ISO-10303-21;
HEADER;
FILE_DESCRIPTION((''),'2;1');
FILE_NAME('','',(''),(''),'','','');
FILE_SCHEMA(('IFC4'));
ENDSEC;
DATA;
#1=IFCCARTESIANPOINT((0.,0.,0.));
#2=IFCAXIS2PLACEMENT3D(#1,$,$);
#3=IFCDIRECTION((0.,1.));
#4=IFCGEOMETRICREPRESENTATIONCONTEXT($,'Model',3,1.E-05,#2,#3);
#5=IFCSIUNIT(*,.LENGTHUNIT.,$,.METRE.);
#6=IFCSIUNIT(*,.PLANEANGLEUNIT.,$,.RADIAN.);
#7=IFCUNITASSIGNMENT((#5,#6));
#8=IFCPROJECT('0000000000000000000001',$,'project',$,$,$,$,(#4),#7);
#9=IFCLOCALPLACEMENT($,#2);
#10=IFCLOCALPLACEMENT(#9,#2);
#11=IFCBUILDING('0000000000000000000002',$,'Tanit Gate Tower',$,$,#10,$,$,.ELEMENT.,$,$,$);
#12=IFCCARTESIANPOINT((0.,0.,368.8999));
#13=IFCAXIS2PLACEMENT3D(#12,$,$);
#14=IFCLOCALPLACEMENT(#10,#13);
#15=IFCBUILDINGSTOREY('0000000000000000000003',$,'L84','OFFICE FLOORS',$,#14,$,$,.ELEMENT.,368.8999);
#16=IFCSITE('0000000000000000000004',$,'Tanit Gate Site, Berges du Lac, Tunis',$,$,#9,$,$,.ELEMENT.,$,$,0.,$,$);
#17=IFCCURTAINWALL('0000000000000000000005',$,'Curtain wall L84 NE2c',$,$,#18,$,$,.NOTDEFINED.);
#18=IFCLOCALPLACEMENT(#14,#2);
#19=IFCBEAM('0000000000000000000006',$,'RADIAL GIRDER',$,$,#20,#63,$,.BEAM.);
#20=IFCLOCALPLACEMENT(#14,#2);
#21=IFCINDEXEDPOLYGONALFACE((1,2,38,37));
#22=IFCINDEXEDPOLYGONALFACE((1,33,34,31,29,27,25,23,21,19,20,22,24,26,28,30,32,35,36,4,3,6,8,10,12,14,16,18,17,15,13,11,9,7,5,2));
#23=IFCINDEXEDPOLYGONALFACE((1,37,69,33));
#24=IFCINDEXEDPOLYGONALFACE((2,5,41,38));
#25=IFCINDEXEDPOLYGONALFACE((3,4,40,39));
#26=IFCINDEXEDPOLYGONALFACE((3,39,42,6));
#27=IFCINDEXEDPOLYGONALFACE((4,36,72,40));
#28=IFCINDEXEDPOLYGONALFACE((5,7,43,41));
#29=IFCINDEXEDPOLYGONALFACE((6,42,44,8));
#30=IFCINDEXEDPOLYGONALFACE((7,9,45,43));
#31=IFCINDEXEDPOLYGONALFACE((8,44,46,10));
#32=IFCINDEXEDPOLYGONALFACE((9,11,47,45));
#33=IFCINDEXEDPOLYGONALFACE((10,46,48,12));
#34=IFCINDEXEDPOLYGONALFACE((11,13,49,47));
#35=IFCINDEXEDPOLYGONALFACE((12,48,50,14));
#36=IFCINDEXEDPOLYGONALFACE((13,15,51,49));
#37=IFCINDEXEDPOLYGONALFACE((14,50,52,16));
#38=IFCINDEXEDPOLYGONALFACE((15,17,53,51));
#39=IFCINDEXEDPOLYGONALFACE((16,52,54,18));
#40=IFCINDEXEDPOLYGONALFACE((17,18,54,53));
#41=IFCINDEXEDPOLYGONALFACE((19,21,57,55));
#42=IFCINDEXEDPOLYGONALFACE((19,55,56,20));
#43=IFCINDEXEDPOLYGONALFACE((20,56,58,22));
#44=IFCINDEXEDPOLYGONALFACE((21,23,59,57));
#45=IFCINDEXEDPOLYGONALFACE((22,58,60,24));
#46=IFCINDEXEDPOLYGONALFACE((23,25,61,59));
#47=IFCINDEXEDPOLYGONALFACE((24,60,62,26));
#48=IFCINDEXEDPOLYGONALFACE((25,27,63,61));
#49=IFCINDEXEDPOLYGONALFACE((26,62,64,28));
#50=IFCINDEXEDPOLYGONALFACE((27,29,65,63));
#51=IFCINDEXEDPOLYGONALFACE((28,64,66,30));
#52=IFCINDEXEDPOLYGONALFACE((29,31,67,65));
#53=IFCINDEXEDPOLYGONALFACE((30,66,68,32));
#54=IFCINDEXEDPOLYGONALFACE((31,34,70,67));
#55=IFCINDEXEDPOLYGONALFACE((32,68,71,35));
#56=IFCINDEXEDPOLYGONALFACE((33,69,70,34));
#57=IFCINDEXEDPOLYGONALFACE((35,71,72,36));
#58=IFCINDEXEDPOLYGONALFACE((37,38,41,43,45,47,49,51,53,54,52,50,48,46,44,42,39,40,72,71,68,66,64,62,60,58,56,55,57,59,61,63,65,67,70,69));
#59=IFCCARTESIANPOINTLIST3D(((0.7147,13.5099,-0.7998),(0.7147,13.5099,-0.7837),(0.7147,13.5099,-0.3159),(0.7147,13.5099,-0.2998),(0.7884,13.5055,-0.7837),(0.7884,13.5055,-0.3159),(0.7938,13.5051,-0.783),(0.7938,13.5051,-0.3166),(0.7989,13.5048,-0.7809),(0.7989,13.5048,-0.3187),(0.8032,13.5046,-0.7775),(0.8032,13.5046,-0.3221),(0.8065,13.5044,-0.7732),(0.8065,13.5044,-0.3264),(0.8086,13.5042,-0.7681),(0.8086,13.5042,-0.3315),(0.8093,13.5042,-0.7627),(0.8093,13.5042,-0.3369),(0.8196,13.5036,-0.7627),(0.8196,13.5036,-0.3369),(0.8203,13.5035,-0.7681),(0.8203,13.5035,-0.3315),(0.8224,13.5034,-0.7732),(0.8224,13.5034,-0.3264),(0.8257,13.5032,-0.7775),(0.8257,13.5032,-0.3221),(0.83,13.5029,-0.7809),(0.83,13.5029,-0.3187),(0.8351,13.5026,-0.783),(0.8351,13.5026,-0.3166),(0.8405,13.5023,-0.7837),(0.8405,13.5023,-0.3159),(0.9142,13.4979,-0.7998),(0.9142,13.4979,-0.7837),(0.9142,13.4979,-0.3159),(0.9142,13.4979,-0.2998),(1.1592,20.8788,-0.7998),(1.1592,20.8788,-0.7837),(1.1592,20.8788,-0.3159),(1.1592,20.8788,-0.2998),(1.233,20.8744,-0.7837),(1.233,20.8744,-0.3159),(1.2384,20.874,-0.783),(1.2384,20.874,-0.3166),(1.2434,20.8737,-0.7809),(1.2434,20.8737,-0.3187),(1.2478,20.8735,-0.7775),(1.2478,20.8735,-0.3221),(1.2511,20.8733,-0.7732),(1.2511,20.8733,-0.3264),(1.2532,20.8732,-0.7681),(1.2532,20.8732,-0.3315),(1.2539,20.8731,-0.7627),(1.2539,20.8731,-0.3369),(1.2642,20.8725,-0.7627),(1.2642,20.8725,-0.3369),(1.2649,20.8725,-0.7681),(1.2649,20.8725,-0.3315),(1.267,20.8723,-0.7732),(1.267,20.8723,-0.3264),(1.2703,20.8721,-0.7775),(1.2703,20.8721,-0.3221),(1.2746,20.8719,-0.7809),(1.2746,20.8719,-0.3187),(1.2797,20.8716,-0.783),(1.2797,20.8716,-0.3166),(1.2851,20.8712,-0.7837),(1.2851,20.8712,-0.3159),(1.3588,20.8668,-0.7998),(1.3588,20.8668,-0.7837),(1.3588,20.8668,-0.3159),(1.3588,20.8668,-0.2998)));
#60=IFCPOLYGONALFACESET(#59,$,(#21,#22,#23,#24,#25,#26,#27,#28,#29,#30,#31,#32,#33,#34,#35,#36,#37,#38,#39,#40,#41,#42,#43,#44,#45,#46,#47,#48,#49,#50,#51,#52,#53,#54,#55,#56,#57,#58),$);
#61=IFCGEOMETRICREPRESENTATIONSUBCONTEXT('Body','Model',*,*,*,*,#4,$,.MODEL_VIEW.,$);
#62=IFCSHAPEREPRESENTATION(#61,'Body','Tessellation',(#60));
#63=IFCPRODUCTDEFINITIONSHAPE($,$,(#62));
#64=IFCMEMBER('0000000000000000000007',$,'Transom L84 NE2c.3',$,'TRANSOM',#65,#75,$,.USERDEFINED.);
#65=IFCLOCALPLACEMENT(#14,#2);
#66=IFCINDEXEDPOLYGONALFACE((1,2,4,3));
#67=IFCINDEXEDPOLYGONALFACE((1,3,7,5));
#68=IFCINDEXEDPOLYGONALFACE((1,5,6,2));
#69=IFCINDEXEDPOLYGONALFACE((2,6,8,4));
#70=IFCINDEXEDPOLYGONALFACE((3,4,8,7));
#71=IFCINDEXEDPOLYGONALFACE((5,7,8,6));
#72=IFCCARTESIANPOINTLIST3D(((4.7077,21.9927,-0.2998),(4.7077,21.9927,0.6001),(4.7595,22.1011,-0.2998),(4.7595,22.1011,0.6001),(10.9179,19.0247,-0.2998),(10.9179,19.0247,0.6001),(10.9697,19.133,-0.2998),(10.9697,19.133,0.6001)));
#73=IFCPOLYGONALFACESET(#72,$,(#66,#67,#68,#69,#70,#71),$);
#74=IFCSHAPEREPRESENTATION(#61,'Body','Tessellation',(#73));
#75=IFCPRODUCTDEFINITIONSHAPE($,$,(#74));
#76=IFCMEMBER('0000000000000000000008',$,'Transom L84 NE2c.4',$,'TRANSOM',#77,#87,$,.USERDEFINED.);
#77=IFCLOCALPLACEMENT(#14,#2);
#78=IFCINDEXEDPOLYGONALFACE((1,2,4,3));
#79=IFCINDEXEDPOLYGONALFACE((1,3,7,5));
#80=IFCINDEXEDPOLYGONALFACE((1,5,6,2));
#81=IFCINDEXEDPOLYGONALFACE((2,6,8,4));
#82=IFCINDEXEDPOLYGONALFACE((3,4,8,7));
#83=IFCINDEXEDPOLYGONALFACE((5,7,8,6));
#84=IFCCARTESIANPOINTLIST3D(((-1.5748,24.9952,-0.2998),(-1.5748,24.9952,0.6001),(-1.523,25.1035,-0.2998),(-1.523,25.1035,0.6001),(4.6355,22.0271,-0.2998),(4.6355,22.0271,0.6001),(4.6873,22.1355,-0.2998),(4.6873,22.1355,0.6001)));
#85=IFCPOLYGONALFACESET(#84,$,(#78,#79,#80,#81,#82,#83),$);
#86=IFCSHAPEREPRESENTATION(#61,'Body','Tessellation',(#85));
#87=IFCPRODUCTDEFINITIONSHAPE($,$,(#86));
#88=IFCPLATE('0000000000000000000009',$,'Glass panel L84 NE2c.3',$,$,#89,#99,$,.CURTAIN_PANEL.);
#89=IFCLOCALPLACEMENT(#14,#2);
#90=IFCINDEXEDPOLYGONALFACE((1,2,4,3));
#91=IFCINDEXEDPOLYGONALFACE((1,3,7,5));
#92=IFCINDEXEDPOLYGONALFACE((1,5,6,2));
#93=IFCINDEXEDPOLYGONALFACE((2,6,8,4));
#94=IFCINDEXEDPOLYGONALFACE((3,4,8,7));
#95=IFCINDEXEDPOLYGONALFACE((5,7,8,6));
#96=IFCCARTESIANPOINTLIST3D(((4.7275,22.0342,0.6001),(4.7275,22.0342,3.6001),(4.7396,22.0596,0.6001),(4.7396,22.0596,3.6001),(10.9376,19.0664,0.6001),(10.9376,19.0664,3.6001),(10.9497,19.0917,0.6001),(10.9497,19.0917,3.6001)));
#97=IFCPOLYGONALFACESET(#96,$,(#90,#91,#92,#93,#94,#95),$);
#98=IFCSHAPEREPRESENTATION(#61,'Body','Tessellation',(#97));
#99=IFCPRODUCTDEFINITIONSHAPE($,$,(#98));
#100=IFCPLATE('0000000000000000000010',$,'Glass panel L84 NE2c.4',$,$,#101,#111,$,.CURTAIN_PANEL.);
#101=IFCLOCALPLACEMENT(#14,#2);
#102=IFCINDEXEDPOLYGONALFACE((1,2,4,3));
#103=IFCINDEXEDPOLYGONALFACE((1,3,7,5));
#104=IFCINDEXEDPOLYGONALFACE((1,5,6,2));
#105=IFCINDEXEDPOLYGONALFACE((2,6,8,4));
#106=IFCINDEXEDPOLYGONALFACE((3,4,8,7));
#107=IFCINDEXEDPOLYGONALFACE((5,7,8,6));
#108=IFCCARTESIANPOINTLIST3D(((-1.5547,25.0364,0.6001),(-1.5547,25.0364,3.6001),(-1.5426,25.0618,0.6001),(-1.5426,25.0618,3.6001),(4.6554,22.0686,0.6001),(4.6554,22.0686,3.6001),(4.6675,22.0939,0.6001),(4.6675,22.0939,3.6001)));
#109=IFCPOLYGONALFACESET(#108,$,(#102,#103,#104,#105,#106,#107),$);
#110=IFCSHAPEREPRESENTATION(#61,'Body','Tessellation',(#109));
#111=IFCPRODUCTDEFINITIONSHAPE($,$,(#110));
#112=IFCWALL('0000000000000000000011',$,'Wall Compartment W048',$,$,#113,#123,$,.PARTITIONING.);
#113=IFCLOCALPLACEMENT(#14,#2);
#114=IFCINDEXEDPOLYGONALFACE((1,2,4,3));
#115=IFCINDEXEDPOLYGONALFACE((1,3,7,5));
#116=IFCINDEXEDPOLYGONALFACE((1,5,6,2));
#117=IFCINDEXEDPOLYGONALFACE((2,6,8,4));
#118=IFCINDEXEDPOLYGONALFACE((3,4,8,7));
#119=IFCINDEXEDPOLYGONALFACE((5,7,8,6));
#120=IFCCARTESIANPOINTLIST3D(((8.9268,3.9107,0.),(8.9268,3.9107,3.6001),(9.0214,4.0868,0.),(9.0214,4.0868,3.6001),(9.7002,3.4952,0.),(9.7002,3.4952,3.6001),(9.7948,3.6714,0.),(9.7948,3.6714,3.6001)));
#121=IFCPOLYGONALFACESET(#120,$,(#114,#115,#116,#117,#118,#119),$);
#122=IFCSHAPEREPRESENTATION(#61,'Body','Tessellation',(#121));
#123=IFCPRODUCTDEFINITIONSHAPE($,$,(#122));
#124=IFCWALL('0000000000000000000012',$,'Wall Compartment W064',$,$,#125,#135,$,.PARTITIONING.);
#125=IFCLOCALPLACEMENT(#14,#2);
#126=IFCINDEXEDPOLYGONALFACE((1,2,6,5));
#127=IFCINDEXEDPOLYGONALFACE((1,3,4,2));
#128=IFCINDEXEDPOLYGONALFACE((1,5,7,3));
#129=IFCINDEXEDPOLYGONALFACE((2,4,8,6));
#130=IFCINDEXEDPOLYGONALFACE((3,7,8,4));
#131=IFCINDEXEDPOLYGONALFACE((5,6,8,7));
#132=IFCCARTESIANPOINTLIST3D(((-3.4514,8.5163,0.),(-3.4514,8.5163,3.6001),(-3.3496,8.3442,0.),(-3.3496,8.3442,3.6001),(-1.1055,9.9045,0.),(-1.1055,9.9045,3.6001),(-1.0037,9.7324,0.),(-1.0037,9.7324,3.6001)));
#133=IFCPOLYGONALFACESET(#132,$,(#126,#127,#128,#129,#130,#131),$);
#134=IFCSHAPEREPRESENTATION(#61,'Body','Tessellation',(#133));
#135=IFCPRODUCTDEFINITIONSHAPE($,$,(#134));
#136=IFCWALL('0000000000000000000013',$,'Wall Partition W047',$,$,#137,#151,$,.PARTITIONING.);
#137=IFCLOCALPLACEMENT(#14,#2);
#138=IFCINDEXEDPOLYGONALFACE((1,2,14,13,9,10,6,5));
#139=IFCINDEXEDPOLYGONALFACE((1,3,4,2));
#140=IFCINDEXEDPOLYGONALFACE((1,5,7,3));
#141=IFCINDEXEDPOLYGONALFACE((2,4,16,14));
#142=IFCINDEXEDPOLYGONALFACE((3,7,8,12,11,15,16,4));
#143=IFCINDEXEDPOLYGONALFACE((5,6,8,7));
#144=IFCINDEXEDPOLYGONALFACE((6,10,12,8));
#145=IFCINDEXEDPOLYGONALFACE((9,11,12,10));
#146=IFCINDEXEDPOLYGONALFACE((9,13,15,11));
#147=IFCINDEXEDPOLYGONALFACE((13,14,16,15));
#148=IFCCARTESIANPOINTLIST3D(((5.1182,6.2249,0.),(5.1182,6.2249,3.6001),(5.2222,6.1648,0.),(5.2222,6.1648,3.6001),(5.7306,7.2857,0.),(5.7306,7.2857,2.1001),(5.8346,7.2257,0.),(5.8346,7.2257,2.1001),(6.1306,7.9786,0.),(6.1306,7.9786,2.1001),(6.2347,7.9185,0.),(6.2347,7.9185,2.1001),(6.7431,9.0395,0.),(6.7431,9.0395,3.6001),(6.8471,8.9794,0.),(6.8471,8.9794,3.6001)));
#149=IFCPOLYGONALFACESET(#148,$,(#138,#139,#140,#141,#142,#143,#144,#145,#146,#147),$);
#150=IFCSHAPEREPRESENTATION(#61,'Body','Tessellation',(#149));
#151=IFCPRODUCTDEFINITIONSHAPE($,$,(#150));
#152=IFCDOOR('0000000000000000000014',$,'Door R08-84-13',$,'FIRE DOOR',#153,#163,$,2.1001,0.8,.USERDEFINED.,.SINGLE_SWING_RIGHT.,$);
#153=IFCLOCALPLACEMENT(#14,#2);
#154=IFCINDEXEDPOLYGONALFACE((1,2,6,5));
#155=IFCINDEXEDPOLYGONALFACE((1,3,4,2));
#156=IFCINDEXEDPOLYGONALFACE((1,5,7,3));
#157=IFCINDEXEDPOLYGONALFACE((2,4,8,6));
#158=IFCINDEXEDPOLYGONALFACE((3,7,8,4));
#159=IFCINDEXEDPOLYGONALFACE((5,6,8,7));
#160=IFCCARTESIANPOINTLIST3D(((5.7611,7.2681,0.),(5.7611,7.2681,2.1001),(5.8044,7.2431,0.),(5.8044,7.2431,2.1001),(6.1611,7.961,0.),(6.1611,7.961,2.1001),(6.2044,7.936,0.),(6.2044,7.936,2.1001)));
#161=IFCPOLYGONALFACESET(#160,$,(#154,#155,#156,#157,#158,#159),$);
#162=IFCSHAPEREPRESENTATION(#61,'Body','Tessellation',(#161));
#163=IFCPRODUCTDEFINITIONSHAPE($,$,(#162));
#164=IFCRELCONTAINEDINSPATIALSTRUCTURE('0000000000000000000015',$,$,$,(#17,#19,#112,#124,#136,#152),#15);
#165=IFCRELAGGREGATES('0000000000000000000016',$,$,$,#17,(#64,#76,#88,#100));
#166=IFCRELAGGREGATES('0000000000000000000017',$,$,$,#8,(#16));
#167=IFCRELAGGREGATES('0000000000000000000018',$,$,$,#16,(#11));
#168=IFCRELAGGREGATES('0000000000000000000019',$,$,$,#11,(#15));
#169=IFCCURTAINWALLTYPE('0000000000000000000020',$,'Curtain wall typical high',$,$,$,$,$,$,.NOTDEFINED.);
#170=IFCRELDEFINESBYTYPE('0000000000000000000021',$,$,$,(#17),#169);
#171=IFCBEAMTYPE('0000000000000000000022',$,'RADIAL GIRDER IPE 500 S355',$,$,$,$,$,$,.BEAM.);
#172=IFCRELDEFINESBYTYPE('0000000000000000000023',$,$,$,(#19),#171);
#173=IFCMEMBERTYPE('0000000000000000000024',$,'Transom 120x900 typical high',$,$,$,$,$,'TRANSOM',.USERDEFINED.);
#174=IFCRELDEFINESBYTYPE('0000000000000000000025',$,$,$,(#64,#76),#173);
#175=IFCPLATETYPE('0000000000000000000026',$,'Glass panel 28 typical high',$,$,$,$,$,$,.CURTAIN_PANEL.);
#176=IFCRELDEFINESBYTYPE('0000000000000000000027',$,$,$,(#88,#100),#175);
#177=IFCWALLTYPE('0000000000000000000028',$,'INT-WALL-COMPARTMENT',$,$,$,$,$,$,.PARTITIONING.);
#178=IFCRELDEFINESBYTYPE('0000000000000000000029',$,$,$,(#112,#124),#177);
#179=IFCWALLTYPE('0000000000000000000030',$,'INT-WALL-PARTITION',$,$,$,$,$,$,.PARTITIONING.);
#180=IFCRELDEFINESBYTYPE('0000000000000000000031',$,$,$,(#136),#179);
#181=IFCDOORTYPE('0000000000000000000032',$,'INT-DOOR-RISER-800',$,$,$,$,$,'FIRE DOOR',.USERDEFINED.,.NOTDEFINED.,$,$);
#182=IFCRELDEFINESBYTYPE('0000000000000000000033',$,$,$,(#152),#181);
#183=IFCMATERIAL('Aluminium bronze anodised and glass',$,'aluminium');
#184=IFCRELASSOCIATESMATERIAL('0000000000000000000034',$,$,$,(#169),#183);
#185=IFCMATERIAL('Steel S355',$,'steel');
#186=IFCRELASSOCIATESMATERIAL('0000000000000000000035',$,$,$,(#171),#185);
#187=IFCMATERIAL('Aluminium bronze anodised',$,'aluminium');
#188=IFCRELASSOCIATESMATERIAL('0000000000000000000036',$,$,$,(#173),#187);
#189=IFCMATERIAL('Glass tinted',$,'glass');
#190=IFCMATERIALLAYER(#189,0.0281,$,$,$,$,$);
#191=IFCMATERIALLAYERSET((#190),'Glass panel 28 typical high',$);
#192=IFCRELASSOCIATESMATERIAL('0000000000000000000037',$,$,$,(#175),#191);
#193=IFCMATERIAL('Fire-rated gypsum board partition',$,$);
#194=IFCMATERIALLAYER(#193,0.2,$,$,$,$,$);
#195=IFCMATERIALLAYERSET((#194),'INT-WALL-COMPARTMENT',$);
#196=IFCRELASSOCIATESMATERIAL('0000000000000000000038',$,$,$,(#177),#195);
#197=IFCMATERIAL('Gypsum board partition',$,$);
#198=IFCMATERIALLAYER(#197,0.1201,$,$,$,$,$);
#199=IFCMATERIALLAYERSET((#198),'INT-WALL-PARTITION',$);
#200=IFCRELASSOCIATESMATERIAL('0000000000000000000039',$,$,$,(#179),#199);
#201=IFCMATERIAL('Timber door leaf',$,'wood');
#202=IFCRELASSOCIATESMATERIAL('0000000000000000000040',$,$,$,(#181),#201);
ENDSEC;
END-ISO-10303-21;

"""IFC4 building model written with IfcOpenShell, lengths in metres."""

from ifc_helpers import new_model, si_unit, direction, frame, frame_2d, origin, origin_2d, place, context, subcontext, project, spatial, rectangle, i_section, extrude, material, layer, layer_set, material_profile, profile_set, type_object, element, fill, aggregate, save


model = new_model("IFC4")

# Units and contexts
model_context = context("Model", 3, precision=1e-05, world=origin(), true_north=direction((0.0, 1.0)))
body_context = subcontext(model_context, "Body", "Model", "MODEL_VIEW")
ifc_project = project(units=[si_unit("LENGTHUNIT", "METRE"), si_unit("PLANEANGLEUNIT", "RADIAN")], contexts=[model_context])

# Site, building, storey
site_placement = place(None, origin())
site = spatial("IfcSite", under=ifc_project, at=site_placement, Name="Tanit Gate Site, Berges du Lac, Tunis", CompositionType="ELEMENT", RefElevation=0.0)
building_placement = place(site_placement, origin())
building = spatial("IfcBuilding", under=site, at=building_placement, Name="Tanit Gate Tower", CompositionType="ELEMENT")
storey_placement = place(building_placement, frame((0.0, 0.0, 368.8999)))
storey = spatial("IfcBuildingStorey", under=building, at=storey_placement, Name="L84", Description="OFFICE FLOORS", CompositionType="ELEMENT", Elevation=368.8999)

# Curtain wall
ifc_material_1 = material(Name="Aluminium bronze anodised and glass", Category="aluminium")
curtain_wall_type = type_object("IfcCurtainWallType", Name="Curtain wall typical high", PredefinedType="NOTDEFINED", material=ifc_material_1)
curtain_wall_placement = place(storey_placement, origin())
curtain_wall = element("IfcCurtainWall", 1, at=curtain_wall_placement, inside=storey, type_object=curtain_wall_type, Name="Curtain wall L84 NE2c", PredefinedType="NOTDEFINED")

# Beam
ifc_material_2 = material(Name="Steel S355", Category="steel")
ifc_material_profile_1 = material_profile(ifc_material_2, i_section(OverallWidth=0.2, OverallDepth=0.5, WebThickness=0.0103, FlangeThickness=0.0161, FilletRadius=0.021, at=origin_2d()), Name="IPE 500")
ifc_profile_set_1 = profile_set([ifc_material_profile_1], Name="Steel S355")
beam_type = type_object("IfcBeamType", Name="RADIAL GIRDER IPE 500 S355", PredefinedType="BEAM", material=ifc_profile_set_1)
beam_placement = place(storey_placement, frame((1.259, 20.8728, -0.5498), z_axis=(-0.060222, -0.998185, 0.0), x_axis=(0.998185, -0.060222, 0.0)))
element("IfcBeam", 2, at=beam_placement, inside=storey, type_object=beam_type, Name="RADIAL GIRDER", PredefinedType="BEAM", context=body_context, shape_type="SweptSolid", body=[
    extrude(i_section(OverallWidth=0.2, OverallDepth=0.5, WebThickness=0.0103, FlangeThickness=0.0161, FilletRadius=0.021, at=origin_2d()), origin(), (0.0, 0.0, 1.0), 7.3823),
])

# Members
ifc_material_3 = material(Name="Aluminium bronze anodised", Category="aluminium")
ifc_material_profile_2 = material_profile(ifc_material_3, rectangle(XDim=0.1201, YDim=0.8999, at=origin_2d()), Name="120x900 bronze transom")
ifc_profile_set_2 = profile_set([ifc_material_profile_2], Name="Aluminium bronze anodised")
member_type_1 = type_object("IfcMemberType", Name="Transom 120x900 typical high", ElementType="TRANSOM", PredefinedType="USERDEFINED", material=ifc_profile_set_2)
member_1_placement = place(storey_placement, frame((10.9438, 19.0789, 0.1501), z_axis=(-0.902252, 0.431209, 0.0), x_axis=(-0.431209, -0.902252, 0.0)))
member_1 = element("IfcMember", 3, at=member_1_placement, type_object=member_type_1, Name="Transom L84 NE2c.3", ObjectType="TRANSOM", PredefinedType="USERDEFINED", context=body_context, shape_type="SweptSolid", body=[
    extrude(rectangle(XDim=0.1201, YDim=0.8999, at=origin_2d()), origin(), (0.0, 0.0, 1.0), 6.8831),
])
member_2_placement = place(storey_placement, frame((4.6614, 22.0813, 0.1501), z_axis=(-0.902252, 0.431209, 0.0), x_axis=(-0.431209, -0.902252, 0.0)))
member_2 = element("IfcMember", 4, at=member_2_placement, type_object=member_type_1, Name="Transom L84 NE2c.4", ObjectType="TRANSOM", PredefinedType="USERDEFINED", context=body_context, shape_type="SweptSolid", body=[
    extrude(rectangle(XDim=0.1201, YDim=0.8999, at=origin_2d()), origin(), (0.0, 0.0, 1.0), 6.8831),
])

# Plates
ifc_material_4 = material(Name="Glass tinted", Category="glass")
ifc_layer_1 = layer(ifc_material_4, 0.0281)
ifc_layer_set_1 = layer_set([ifc_layer_1], Name="Glass panel 28 typical high")
plate_type = type_object("IfcPlateType", Name="Glass panel 28 typical high", PredefinedType="CURTAIN_PANEL", material=ifc_layer_set_1)
plate_1_placement = place(storey_placement, frame((7.8386, 20.563, 0.6001), z_axis=(0.0, 0.0, 1.0), x_axis=(-0.902258, 0.431197, 0.0)))
plate_1 = element("IfcPlate", 5, at=plate_1_placement, type_object=plate_type, Name="Glass panel L84 NE2c.3", PredefinedType="CURTAIN_PANEL", context=body_context, shape_type="SweptSolid", body=[
    extrude(rectangle(XDim=6.8828, YDim=0.0281, at=origin_2d()), origin(), (0.0, 0.0, 1.0), 3.0),
])
plate_2_placement = place(storey_placement, frame((1.5564, 23.5652, 0.6001), z_axis=(0.0, 0.0, 1.0), x_axis=(-0.902258, 0.431197, 0.0)))
plate_2 = element("IfcPlate", 6, at=plate_2_placement, type_object=plate_type, Name="Glass panel L84 NE2c.4", PredefinedType="CURTAIN_PANEL", context=body_context, shape_type="SweptSolid", body=[
    extrude(rectangle(XDim=6.8828, YDim=0.0281, at=origin_2d()), origin(), (0.0, 0.0, 1.0), 3.0),
])
aggregate(curtain_wall, [member_1, member_2, plate_1, plate_2])

# Walls
ifc_material_5 = material(Name="Fire-rated gypsum board partition")
ifc_layer_2 = layer(ifc_material_5, 0.2)
ifc_layer_set_2 = layer_set([ifc_layer_2], Name="INT-WALL-COMPARTMENT")
wall_type_1 = type_object("IfcWallType", Name="INT-WALL-COMPARTMENT", PredefinedType="PARTITIONING", material=ifc_layer_set_2)
wall_1_placement = place(storey_placement, frame((8.9741, 3.9988, 0.0), z_axis=(0.0, 0.0, 1.0), x_axis=(0.880917, -0.473271, 0.0)))
element("IfcWall", 7, at=wall_1_placement, inside=storey, type_object=wall_type_1, Name="Wall Compartment W048", PredefinedType="PARTITIONING", context=body_context, shape_type="SweptSolid", body=[
    extrude(rectangle(XDim=0.8779, YDim=0.2, at=frame_2d((0.439, 0.0))), origin(), (0.0, 0.0, 1.0), 3.6001),
])
wall_2_placement = place(storey_placement, frame((-1.0547, 9.8184, 0.0), z_axis=(0.0, 0.0, 1.0), x_axis=(-0.860614, -0.509257, 0.0)))
element("IfcWall", 8, at=wall_2_placement, inside=storey, type_object=wall_type_1, Name="Wall Compartment W064", PredefinedType="PARTITIONING", context=body_context, shape_type="SweptSolid", body=[
    extrude(rectangle(XDim=2.7258, YDim=0.2, at=frame_2d((1.3628, 0.0))), origin(), (0.0, 0.0, 1.0), 3.6001),
])

# Wall, opening, door
ifc_material_6 = material(Name="Gypsum board partition")
ifc_layer_3 = layer(ifc_material_6, 0.1201)
ifc_layer_set_3 = layer_set([ifc_layer_3], Name="INT-WALL-PARTITION")
wall_type_2 = type_object("IfcWallType", Name="INT-WALL-PARTITION", PredefinedType="PARTITIONING", material=ifc_layer_set_3)
wall_3_placement = place(storey_placement, frame((5.1702, 6.1948, 0.0), z_axis=(0.0, 0.0, 1.0), x_axis=(0.499985, 0.866034, 0.0)))
wall_3 = element("IfcWall", 9, at=wall_3_placement, inside=storey, type_object=wall_type_2, Name="Wall Partition W047", PredefinedType="PARTITIONING", context=body_context, shape_type="SweptSolid", body=[
    extrude(rectangle(XDim=3.25, YDim=0.1201, at=frame_2d((1.625, 0.0))), origin(), (0.0, 0.0, 1.0), 3.6001),
])
opening_1_placement = place(wall_3_placement, frame((1.2251, 0.0, 0.0)))
opening_1 = element("IfcOpeningElement", 10, at=opening_1_placement, cuts=wall_3, PredefinedType="OPENING", context=body_context, shape_type="SweptSolid", body=[
    extrude(rectangle(XDim=0.8, YDim=2.1001, at=frame_2d((0.3999, 1.05))), frame((0.0, 0.0701, 0.0), z_axis=(0.0, -1.0, 0.0), x_axis=(1.0, 0.0, 0.0)), (0.0, 0.0, 1.0), 0.1401),
])
ifc_material_7 = material(Name="Timber door leaf", Category="wood")
door_type = type_object("IfcDoorType", Name="INT-DOOR-RISER-800", ElementType="FIRE DOOR", OperationType="NOTDEFINED", PredefinedType="USERDEFINED", material=ifc_material_7)
door_1_placement = place(opening_1_placement, origin())
door_1 = element("IfcDoor", 11, at=door_1_placement, inside=storey, type_object=door_type, Name="Door R08-84-13", ObjectType="FIRE DOOR", OperationType="SINGLE_SWING_RIGHT", OverallHeight=2.1001, OverallWidth=0.8, PredefinedType="USERDEFINED", context=body_context, shape_type="SweptSolid", body=[
    extrude(rectangle(XDim=0.8, YDim=2.1001, at=frame_2d((0.3999, 1.05))), frame((0.0, 0.0249, 0.0), z_axis=(0.0, -1.0, 0.0), x_axis=(1.0, 0.0, 0.0)), (0.0, 0.0, 1.0), 0.05),
])
fill(opening_1, door_1)

save(model, "model.ifc")
